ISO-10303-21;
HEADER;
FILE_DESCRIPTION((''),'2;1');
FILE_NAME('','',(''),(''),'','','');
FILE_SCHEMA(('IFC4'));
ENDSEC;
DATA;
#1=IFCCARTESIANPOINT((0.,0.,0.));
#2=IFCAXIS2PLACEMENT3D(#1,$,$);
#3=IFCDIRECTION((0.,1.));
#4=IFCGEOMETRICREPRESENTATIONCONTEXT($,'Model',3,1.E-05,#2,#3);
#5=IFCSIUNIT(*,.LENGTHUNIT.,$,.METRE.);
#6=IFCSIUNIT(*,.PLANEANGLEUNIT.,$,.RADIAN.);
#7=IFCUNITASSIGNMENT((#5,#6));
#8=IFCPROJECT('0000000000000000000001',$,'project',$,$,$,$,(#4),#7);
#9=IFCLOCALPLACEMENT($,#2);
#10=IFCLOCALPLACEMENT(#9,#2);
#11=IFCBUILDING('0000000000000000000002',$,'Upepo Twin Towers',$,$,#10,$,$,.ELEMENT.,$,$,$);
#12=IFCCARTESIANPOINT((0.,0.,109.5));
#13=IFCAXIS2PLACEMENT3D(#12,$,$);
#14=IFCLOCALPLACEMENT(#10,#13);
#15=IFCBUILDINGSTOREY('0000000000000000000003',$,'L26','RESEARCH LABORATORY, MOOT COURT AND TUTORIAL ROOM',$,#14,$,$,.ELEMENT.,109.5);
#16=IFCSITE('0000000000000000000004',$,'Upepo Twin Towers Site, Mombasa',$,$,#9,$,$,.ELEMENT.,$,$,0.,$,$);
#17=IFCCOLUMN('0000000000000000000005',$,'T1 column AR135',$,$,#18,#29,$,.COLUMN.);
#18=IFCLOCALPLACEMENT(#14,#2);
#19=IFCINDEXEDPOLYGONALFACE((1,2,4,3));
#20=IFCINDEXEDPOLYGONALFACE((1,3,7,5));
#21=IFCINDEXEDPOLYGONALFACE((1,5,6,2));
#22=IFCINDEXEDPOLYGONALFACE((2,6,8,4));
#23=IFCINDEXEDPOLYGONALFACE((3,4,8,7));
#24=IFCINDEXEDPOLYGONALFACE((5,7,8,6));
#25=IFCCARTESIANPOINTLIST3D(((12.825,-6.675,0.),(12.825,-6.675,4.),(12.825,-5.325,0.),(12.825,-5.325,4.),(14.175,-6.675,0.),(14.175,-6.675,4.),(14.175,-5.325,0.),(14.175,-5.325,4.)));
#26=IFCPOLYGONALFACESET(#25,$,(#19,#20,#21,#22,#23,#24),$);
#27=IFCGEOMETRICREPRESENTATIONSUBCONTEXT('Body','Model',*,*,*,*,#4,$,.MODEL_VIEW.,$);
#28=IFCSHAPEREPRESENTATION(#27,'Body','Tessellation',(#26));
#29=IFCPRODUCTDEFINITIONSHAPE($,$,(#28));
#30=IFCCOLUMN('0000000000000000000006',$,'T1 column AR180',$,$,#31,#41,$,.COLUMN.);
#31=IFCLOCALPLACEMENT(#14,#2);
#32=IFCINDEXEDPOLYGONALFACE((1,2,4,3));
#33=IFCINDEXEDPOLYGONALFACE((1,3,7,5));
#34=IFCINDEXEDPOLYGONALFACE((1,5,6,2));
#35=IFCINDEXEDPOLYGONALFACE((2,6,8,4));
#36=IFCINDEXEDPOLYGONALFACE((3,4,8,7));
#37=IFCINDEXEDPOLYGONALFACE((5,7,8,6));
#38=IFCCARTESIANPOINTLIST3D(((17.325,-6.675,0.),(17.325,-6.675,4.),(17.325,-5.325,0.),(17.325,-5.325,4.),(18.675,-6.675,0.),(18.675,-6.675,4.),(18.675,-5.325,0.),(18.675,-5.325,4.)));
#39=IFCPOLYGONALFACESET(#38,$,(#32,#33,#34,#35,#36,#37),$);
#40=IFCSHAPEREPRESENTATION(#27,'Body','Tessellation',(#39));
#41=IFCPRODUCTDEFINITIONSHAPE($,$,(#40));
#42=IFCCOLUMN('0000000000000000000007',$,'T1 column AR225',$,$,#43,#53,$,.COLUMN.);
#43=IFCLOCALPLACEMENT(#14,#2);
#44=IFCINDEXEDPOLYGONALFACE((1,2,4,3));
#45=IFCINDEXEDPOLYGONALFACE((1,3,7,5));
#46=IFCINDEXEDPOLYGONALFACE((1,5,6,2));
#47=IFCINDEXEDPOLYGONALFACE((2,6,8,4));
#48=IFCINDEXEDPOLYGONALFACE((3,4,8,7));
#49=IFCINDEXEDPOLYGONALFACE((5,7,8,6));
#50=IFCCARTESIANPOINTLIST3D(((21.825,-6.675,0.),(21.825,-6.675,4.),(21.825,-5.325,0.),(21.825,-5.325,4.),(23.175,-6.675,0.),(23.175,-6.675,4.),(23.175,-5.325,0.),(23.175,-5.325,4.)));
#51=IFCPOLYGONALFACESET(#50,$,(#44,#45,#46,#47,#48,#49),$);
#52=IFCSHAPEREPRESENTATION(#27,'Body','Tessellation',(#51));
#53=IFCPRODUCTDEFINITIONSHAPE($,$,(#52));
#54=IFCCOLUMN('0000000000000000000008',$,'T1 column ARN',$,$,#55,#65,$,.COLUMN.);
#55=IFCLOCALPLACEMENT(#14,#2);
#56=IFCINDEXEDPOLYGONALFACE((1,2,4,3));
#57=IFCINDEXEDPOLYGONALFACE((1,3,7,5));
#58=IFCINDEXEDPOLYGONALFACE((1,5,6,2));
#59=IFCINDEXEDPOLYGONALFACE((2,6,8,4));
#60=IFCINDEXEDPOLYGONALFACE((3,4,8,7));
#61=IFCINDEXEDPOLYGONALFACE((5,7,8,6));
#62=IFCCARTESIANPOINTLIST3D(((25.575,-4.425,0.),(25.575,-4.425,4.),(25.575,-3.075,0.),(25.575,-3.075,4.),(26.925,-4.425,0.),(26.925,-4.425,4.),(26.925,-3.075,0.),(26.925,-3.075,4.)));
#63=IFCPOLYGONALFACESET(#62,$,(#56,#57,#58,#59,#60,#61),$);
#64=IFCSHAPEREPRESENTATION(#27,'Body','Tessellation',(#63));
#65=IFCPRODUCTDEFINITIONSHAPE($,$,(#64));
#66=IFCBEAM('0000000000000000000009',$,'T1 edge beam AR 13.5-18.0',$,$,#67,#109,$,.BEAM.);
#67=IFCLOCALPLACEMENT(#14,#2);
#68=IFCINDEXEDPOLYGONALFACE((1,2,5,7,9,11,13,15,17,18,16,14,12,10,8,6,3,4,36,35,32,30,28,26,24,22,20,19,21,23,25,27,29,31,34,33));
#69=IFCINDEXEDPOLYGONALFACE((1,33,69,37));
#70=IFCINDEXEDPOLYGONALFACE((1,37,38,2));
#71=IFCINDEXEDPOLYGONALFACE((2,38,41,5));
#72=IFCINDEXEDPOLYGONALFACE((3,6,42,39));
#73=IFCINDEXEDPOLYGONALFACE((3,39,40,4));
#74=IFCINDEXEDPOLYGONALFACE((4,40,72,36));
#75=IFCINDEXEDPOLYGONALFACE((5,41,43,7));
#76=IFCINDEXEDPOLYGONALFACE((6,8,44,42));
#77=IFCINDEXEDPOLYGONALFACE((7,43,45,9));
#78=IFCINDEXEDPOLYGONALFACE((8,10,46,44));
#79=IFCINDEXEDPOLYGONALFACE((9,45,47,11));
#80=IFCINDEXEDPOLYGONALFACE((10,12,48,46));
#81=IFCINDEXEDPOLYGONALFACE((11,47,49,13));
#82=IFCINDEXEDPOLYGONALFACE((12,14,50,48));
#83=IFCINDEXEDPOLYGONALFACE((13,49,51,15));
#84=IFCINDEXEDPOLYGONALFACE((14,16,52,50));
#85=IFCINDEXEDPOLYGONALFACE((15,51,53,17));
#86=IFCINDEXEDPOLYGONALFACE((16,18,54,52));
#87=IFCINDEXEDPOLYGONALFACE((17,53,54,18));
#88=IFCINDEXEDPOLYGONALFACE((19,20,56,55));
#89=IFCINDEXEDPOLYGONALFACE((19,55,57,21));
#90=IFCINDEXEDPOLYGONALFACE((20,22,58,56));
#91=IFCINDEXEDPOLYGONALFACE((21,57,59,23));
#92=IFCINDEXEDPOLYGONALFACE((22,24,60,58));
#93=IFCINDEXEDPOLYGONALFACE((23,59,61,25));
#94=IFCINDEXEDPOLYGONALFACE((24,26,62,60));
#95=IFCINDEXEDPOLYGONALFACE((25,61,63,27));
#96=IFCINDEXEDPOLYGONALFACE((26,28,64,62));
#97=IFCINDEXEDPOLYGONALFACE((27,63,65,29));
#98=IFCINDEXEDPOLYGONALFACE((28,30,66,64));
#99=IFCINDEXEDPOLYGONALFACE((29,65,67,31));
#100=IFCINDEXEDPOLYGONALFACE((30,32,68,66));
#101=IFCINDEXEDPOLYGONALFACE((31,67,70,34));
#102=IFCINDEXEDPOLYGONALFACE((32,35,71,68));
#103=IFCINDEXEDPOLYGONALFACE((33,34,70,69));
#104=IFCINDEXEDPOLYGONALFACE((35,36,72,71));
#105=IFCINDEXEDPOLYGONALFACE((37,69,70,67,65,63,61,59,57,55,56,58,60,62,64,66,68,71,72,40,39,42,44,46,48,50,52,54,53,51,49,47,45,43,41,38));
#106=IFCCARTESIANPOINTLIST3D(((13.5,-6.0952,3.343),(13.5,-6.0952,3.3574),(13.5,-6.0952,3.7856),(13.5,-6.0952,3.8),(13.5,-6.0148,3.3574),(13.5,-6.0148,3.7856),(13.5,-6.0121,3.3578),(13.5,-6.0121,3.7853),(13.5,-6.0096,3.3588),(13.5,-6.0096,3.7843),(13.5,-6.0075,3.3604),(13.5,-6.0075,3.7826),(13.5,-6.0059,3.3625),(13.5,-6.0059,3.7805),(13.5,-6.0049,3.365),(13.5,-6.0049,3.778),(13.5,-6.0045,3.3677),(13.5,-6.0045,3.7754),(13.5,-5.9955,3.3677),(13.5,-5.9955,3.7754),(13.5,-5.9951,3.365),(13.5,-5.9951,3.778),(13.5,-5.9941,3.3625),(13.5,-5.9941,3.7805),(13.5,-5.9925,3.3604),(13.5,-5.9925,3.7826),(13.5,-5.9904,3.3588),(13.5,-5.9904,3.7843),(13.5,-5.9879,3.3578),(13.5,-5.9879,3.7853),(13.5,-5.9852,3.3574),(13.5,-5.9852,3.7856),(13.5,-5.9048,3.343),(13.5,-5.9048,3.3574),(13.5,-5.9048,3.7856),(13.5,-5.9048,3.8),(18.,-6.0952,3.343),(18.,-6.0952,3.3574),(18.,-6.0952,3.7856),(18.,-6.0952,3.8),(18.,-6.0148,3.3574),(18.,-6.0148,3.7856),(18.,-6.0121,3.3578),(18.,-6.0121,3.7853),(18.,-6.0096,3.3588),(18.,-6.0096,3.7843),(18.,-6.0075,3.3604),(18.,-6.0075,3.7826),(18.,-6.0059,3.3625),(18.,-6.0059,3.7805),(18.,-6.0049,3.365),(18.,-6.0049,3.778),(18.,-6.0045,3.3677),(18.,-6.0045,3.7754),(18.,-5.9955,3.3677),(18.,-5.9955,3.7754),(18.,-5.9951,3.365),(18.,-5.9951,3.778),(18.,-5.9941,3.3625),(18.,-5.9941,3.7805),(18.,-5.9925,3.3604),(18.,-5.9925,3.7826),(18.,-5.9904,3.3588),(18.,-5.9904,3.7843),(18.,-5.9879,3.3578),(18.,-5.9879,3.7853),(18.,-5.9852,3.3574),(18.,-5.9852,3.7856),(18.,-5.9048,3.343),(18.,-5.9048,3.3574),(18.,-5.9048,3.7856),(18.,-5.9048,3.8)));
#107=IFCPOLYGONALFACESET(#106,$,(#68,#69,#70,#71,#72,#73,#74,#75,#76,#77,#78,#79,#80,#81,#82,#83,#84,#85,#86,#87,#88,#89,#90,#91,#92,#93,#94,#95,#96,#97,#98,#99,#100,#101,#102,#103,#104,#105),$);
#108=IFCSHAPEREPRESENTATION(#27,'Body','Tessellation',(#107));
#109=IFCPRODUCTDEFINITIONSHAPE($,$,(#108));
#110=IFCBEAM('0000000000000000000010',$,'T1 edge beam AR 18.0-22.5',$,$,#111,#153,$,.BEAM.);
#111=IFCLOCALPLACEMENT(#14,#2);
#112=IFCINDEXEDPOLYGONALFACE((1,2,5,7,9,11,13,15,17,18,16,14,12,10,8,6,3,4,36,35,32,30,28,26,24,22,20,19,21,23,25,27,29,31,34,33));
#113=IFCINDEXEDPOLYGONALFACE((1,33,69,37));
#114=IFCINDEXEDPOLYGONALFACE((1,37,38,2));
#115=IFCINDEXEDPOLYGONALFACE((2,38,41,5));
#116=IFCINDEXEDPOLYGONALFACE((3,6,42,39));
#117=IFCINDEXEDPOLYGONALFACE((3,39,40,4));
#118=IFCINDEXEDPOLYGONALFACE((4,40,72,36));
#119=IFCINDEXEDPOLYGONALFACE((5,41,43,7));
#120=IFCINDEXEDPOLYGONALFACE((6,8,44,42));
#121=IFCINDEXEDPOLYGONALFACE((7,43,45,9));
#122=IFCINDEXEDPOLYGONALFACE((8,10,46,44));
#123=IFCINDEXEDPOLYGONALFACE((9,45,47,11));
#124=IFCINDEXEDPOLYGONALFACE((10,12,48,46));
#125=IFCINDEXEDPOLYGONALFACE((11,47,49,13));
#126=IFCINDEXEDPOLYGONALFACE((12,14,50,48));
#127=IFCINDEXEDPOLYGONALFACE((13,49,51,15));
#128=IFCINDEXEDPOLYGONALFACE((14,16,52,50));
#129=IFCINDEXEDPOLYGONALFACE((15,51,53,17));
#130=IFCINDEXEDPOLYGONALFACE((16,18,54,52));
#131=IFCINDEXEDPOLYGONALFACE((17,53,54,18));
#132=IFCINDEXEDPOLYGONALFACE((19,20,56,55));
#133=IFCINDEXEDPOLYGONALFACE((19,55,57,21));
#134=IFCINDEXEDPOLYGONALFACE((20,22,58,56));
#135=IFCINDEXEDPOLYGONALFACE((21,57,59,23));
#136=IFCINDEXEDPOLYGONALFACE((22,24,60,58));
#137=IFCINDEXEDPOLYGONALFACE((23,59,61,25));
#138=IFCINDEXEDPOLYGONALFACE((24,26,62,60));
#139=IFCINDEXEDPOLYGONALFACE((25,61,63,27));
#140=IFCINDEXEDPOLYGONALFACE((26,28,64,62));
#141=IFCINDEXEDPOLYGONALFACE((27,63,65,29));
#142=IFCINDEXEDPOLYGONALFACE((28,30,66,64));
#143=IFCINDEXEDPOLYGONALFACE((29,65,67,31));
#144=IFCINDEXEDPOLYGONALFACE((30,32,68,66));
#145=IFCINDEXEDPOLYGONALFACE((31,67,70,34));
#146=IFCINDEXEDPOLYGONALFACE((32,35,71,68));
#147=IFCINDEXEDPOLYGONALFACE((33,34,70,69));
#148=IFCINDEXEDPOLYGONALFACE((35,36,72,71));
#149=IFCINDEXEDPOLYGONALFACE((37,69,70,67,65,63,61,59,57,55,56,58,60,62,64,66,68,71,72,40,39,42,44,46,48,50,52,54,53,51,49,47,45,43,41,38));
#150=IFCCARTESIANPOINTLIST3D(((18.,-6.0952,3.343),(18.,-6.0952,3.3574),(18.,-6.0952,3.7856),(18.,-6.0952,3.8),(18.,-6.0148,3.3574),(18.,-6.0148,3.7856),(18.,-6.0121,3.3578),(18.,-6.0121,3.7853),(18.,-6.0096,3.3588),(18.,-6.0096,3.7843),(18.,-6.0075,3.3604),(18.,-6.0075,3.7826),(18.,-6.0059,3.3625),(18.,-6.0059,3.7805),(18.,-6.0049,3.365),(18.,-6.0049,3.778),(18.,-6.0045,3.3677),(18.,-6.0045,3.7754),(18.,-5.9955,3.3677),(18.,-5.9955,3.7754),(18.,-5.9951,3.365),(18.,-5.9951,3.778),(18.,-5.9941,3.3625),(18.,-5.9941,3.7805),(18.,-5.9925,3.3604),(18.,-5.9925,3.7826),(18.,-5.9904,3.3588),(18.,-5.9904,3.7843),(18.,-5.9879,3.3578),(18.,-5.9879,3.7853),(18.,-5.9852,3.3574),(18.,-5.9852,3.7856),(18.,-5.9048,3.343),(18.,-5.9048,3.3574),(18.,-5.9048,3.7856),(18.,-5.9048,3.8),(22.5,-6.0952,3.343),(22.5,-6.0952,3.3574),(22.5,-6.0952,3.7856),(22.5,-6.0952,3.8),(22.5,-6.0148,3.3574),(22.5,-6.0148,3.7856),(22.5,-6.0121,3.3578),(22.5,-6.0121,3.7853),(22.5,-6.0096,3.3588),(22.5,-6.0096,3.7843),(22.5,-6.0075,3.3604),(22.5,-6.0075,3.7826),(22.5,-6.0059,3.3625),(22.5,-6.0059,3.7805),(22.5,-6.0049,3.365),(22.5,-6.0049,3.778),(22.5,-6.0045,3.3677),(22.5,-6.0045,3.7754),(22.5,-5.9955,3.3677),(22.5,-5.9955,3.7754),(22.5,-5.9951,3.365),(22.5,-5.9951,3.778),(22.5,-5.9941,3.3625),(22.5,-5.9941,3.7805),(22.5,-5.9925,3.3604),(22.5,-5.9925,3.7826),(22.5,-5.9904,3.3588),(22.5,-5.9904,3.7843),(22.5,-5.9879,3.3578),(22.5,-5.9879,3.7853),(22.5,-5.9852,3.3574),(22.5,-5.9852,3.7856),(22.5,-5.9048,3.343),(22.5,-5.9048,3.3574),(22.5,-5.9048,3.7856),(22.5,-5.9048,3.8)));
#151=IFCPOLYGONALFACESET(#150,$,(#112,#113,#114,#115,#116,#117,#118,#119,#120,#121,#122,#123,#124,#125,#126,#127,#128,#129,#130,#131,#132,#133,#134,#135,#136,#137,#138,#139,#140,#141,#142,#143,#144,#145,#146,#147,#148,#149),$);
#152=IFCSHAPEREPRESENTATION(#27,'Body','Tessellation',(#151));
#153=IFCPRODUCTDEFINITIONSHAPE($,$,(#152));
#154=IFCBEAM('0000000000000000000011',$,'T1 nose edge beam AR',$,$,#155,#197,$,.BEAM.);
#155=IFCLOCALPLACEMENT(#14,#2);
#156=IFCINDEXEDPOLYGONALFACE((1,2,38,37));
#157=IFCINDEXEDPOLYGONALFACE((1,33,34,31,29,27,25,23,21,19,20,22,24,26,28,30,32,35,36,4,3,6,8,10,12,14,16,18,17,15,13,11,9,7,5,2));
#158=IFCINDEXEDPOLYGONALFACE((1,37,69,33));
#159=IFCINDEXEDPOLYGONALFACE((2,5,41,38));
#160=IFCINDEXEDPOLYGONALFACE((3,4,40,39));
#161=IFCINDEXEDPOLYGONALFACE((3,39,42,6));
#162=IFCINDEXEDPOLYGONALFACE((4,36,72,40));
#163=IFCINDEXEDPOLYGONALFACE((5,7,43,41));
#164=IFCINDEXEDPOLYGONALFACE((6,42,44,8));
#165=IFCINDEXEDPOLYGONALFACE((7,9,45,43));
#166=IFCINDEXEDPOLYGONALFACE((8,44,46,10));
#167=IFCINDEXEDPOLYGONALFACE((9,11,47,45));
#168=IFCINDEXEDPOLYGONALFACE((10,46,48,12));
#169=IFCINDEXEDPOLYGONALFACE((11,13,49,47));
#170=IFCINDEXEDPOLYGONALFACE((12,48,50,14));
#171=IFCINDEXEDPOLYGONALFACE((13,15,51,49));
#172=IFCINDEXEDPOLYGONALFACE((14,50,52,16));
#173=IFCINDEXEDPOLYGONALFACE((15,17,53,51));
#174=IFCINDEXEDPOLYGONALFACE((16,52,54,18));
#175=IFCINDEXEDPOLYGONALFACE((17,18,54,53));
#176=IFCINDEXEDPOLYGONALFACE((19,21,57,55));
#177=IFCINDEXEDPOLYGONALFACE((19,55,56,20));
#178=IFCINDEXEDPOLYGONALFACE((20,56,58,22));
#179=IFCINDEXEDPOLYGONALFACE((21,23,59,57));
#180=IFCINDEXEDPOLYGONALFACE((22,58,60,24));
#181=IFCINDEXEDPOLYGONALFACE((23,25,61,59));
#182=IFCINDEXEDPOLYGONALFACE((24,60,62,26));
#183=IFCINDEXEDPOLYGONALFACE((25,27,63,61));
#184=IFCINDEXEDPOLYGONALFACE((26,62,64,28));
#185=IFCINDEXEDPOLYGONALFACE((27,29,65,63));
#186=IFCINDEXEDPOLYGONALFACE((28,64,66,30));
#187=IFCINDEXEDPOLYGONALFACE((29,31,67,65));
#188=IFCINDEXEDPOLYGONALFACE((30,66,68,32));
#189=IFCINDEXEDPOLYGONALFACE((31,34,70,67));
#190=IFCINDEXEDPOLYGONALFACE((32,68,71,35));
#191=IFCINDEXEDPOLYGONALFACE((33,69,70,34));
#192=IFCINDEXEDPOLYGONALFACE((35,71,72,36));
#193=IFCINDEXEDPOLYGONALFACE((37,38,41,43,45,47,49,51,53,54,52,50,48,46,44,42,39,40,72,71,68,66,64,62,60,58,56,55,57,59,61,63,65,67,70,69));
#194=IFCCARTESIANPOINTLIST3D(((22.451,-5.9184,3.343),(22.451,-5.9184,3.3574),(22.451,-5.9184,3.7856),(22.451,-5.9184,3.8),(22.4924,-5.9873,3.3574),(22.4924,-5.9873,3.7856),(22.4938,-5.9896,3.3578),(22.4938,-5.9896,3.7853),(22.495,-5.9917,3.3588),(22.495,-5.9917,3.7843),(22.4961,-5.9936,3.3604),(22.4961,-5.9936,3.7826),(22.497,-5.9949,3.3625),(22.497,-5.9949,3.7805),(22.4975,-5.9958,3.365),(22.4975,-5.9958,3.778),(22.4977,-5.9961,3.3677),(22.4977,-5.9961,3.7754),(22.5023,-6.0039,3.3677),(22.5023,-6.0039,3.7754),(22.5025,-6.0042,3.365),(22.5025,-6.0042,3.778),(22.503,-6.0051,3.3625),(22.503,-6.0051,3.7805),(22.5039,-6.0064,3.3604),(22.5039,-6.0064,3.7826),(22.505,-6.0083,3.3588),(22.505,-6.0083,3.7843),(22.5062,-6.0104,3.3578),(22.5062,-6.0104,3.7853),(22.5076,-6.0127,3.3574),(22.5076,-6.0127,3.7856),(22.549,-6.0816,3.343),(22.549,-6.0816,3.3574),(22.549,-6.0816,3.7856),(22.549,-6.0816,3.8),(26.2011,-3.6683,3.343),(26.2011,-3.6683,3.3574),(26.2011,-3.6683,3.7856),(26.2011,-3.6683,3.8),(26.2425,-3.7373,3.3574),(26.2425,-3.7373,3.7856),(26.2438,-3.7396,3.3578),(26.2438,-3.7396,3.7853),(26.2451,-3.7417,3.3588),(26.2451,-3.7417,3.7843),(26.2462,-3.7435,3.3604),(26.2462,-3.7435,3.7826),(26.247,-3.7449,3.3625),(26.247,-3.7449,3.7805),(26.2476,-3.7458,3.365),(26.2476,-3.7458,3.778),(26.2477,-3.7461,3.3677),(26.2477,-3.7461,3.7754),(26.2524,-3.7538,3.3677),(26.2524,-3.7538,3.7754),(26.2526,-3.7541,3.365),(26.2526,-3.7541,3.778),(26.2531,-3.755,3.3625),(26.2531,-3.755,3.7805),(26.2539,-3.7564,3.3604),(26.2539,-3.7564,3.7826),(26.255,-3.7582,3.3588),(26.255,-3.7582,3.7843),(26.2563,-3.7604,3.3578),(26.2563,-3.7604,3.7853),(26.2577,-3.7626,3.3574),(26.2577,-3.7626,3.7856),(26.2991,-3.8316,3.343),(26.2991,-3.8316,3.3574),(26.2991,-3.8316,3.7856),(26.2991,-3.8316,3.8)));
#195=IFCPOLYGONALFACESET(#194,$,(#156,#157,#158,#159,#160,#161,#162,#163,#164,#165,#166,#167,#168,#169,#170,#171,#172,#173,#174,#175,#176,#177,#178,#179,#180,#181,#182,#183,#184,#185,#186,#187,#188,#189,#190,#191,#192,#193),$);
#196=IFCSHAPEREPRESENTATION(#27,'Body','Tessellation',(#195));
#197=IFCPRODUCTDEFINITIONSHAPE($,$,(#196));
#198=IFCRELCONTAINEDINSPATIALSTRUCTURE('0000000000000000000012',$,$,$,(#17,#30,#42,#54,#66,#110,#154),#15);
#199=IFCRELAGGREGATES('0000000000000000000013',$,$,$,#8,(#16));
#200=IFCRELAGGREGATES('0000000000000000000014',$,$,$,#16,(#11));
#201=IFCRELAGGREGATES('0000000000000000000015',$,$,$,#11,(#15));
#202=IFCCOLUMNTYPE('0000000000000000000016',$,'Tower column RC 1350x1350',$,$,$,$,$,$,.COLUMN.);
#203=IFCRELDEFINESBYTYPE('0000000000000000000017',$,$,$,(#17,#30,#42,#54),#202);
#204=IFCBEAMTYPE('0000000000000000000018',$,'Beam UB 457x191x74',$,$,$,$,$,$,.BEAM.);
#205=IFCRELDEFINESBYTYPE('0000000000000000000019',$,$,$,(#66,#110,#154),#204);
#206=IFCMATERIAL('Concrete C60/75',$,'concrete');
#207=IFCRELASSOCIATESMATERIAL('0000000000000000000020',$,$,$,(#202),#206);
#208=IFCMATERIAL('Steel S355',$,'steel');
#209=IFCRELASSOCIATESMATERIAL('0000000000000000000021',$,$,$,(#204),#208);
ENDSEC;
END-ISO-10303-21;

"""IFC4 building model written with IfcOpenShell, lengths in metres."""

from ifc_helpers import new_model, si_unit, direction, frame, origin, origin_2d, place, context, subcontext, project, spatial, rectangle, i_section, extrude, material, material_profile, profile_set, type_object, element, save


model = new_model("IFC4")

# Units and contexts
model_context = context("Model", 3, precision=1e-05, world=origin(), true_north=direction((0.0, 1.0)))
body_context = subcontext(model_context, "Body", "Model", "MODEL_VIEW")
ifc_project = project(units=[si_unit("LENGTHUNIT", "METRE"), si_unit("PLANEANGLEUNIT", "RADIAN")], contexts=[model_context])

# Site, building, storey
site_placement = place(None, origin())
site = spatial("IfcSite", under=ifc_project, at=site_placement, Name="Upepo Twin Towers Site, Mombasa", CompositionType="ELEMENT", RefElevation=0.0)
building_placement = place(site_placement, origin())
building = spatial("IfcBuilding", under=site, at=building_placement, Name="Upepo Twin Towers", CompositionType="ELEMENT")
storey_placement = place(building_placement, frame((0.0, 0.0, 109.5)))
storey = spatial("IfcBuildingStorey", under=building, at=storey_placement, Name="L26", Description="RESEARCH LABORATORY, MOOT COURT AND TUTORIAL ROOM", CompositionType="ELEMENT", Elevation=109.5)

# Columns
ifc_material_1 = material(Name="Concrete C60/75", Category="concrete")
ifc_material_profile_1 = material_profile(ifc_material_1, rectangle(XDim=1.3501, YDim=1.3501, at=origin_2d()), Name="RC 1350x1350")
ifc_profile_set_1 = profile_set([ifc_material_profile_1], Name="Concrete C60/75")
column_type = type_object("IfcColumnType", Name="Tower column RC 1350x1350", PredefinedType="COLUMN", material=ifc_profile_set_1)
for number, where, z_axis, x_axis, name in (
    (1, (13.5, -6.0, 0.0), (0.0, 0.0, 1.0), (1.0, 0.0, 0.0), "T1 column AR135"),
    (2, (18.0, -6.0, 0.0), (0.0, 0.0, 1.0), (1.0, 0.0, 0.0), "T1 column AR180"),
    (3, (22.5, -6.0, 0.0), (0.0, 0.0, 1.0), (1.0, 0.0, 0.0), "T1 column AR225"),
    (4, (26.25, -3.75, 0.0), (0.0, 0.0, 1.0), (1.0, 0.0, 0.0), "T1 column ARN"),
):
    element("IfcColumn", number, at=place(storey_placement, frame(where, z_axis=z_axis, x_axis=x_axis)), inside=storey, type_object=column_type, Name=name, PredefinedType="COLUMN", context=body_context, shape_type="SweptSolid", body=[
        extrude(rectangle(XDim=1.3501, YDim=1.3501, at=origin_2d()), origin(), (0.0, 0.0, 1.0), 4.0),
    ])

# Beams
ifc_material_2 = material(Name="Steel S355", Category="steel")
ifc_material_profile_2 = material_profile(ifc_material_2, i_section(OverallWidth=0.1904, OverallDepth=0.457, WebThickness=0.009, FlangeThickness=0.0144, FilletRadius=0.0103, at=origin_2d()), Name="UB 457x191x74")
ifc_profile_set_2 = profile_set([ifc_material_profile_2], Name="Steel S355")
beam_type_1 = type_object("IfcBeamType", Name="Beam UB 457x191x74", PredefinedType="BEAM", material=ifc_profile_set_2)
for number, where, z_axis, x_axis, name in (
    (5, (13.5, -6.0, 3.5715), (1.0, 0.0, 0.0), (0.0, 1.0, 0.0), "T1 edge beam AR 13.5-18.0"),
    (6, (18.0, -6.0, 3.5715), (1.0, 0.0, 0.0), (0.0, 1.0, 0.0), "T1 edge beam AR 18.0-22.5"),
):
    element("IfcBeam", number, at=place(storey_placement, frame(where, z_axis=z_axis, x_axis=x_axis)), inside=storey, type_object=beam_type_1, Name=name, PredefinedType="BEAM", context=body_context, shape_type="SweptSolid", body=[
        extrude(i_section(OverallWidth=0.1904, OverallDepth=0.457, WebThickness=0.009, FlangeThickness=0.0144, FilletRadius=0.0103, at=origin_2d()), origin(), (0.0, 0.0, 1.0), 4.5),
    ])
beam_1_placement = place(storey_placement, frame((22.5, -6.0, 3.5715), z_axis=(0.857493, 0.514496, 0.0), x_axis=(-0.514496, 0.857493, 0.0)))
element("IfcBeam", 7, at=beam_1_placement, inside=storey, type_object=beam_type_1, Name="T1 nose edge beam AR", PredefinedType="BEAM", context=body_context, shape_type="SweptSolid", body=[
    extrude(i_section(OverallWidth=0.1904, OverallDepth=0.457, WebThickness=0.009, FlangeThickness=0.0144, FilletRadius=0.0103, at=origin_2d()), origin(), (0.0, 0.0, 1.0), 4.3733),
])

save(model, "model.ifc")
